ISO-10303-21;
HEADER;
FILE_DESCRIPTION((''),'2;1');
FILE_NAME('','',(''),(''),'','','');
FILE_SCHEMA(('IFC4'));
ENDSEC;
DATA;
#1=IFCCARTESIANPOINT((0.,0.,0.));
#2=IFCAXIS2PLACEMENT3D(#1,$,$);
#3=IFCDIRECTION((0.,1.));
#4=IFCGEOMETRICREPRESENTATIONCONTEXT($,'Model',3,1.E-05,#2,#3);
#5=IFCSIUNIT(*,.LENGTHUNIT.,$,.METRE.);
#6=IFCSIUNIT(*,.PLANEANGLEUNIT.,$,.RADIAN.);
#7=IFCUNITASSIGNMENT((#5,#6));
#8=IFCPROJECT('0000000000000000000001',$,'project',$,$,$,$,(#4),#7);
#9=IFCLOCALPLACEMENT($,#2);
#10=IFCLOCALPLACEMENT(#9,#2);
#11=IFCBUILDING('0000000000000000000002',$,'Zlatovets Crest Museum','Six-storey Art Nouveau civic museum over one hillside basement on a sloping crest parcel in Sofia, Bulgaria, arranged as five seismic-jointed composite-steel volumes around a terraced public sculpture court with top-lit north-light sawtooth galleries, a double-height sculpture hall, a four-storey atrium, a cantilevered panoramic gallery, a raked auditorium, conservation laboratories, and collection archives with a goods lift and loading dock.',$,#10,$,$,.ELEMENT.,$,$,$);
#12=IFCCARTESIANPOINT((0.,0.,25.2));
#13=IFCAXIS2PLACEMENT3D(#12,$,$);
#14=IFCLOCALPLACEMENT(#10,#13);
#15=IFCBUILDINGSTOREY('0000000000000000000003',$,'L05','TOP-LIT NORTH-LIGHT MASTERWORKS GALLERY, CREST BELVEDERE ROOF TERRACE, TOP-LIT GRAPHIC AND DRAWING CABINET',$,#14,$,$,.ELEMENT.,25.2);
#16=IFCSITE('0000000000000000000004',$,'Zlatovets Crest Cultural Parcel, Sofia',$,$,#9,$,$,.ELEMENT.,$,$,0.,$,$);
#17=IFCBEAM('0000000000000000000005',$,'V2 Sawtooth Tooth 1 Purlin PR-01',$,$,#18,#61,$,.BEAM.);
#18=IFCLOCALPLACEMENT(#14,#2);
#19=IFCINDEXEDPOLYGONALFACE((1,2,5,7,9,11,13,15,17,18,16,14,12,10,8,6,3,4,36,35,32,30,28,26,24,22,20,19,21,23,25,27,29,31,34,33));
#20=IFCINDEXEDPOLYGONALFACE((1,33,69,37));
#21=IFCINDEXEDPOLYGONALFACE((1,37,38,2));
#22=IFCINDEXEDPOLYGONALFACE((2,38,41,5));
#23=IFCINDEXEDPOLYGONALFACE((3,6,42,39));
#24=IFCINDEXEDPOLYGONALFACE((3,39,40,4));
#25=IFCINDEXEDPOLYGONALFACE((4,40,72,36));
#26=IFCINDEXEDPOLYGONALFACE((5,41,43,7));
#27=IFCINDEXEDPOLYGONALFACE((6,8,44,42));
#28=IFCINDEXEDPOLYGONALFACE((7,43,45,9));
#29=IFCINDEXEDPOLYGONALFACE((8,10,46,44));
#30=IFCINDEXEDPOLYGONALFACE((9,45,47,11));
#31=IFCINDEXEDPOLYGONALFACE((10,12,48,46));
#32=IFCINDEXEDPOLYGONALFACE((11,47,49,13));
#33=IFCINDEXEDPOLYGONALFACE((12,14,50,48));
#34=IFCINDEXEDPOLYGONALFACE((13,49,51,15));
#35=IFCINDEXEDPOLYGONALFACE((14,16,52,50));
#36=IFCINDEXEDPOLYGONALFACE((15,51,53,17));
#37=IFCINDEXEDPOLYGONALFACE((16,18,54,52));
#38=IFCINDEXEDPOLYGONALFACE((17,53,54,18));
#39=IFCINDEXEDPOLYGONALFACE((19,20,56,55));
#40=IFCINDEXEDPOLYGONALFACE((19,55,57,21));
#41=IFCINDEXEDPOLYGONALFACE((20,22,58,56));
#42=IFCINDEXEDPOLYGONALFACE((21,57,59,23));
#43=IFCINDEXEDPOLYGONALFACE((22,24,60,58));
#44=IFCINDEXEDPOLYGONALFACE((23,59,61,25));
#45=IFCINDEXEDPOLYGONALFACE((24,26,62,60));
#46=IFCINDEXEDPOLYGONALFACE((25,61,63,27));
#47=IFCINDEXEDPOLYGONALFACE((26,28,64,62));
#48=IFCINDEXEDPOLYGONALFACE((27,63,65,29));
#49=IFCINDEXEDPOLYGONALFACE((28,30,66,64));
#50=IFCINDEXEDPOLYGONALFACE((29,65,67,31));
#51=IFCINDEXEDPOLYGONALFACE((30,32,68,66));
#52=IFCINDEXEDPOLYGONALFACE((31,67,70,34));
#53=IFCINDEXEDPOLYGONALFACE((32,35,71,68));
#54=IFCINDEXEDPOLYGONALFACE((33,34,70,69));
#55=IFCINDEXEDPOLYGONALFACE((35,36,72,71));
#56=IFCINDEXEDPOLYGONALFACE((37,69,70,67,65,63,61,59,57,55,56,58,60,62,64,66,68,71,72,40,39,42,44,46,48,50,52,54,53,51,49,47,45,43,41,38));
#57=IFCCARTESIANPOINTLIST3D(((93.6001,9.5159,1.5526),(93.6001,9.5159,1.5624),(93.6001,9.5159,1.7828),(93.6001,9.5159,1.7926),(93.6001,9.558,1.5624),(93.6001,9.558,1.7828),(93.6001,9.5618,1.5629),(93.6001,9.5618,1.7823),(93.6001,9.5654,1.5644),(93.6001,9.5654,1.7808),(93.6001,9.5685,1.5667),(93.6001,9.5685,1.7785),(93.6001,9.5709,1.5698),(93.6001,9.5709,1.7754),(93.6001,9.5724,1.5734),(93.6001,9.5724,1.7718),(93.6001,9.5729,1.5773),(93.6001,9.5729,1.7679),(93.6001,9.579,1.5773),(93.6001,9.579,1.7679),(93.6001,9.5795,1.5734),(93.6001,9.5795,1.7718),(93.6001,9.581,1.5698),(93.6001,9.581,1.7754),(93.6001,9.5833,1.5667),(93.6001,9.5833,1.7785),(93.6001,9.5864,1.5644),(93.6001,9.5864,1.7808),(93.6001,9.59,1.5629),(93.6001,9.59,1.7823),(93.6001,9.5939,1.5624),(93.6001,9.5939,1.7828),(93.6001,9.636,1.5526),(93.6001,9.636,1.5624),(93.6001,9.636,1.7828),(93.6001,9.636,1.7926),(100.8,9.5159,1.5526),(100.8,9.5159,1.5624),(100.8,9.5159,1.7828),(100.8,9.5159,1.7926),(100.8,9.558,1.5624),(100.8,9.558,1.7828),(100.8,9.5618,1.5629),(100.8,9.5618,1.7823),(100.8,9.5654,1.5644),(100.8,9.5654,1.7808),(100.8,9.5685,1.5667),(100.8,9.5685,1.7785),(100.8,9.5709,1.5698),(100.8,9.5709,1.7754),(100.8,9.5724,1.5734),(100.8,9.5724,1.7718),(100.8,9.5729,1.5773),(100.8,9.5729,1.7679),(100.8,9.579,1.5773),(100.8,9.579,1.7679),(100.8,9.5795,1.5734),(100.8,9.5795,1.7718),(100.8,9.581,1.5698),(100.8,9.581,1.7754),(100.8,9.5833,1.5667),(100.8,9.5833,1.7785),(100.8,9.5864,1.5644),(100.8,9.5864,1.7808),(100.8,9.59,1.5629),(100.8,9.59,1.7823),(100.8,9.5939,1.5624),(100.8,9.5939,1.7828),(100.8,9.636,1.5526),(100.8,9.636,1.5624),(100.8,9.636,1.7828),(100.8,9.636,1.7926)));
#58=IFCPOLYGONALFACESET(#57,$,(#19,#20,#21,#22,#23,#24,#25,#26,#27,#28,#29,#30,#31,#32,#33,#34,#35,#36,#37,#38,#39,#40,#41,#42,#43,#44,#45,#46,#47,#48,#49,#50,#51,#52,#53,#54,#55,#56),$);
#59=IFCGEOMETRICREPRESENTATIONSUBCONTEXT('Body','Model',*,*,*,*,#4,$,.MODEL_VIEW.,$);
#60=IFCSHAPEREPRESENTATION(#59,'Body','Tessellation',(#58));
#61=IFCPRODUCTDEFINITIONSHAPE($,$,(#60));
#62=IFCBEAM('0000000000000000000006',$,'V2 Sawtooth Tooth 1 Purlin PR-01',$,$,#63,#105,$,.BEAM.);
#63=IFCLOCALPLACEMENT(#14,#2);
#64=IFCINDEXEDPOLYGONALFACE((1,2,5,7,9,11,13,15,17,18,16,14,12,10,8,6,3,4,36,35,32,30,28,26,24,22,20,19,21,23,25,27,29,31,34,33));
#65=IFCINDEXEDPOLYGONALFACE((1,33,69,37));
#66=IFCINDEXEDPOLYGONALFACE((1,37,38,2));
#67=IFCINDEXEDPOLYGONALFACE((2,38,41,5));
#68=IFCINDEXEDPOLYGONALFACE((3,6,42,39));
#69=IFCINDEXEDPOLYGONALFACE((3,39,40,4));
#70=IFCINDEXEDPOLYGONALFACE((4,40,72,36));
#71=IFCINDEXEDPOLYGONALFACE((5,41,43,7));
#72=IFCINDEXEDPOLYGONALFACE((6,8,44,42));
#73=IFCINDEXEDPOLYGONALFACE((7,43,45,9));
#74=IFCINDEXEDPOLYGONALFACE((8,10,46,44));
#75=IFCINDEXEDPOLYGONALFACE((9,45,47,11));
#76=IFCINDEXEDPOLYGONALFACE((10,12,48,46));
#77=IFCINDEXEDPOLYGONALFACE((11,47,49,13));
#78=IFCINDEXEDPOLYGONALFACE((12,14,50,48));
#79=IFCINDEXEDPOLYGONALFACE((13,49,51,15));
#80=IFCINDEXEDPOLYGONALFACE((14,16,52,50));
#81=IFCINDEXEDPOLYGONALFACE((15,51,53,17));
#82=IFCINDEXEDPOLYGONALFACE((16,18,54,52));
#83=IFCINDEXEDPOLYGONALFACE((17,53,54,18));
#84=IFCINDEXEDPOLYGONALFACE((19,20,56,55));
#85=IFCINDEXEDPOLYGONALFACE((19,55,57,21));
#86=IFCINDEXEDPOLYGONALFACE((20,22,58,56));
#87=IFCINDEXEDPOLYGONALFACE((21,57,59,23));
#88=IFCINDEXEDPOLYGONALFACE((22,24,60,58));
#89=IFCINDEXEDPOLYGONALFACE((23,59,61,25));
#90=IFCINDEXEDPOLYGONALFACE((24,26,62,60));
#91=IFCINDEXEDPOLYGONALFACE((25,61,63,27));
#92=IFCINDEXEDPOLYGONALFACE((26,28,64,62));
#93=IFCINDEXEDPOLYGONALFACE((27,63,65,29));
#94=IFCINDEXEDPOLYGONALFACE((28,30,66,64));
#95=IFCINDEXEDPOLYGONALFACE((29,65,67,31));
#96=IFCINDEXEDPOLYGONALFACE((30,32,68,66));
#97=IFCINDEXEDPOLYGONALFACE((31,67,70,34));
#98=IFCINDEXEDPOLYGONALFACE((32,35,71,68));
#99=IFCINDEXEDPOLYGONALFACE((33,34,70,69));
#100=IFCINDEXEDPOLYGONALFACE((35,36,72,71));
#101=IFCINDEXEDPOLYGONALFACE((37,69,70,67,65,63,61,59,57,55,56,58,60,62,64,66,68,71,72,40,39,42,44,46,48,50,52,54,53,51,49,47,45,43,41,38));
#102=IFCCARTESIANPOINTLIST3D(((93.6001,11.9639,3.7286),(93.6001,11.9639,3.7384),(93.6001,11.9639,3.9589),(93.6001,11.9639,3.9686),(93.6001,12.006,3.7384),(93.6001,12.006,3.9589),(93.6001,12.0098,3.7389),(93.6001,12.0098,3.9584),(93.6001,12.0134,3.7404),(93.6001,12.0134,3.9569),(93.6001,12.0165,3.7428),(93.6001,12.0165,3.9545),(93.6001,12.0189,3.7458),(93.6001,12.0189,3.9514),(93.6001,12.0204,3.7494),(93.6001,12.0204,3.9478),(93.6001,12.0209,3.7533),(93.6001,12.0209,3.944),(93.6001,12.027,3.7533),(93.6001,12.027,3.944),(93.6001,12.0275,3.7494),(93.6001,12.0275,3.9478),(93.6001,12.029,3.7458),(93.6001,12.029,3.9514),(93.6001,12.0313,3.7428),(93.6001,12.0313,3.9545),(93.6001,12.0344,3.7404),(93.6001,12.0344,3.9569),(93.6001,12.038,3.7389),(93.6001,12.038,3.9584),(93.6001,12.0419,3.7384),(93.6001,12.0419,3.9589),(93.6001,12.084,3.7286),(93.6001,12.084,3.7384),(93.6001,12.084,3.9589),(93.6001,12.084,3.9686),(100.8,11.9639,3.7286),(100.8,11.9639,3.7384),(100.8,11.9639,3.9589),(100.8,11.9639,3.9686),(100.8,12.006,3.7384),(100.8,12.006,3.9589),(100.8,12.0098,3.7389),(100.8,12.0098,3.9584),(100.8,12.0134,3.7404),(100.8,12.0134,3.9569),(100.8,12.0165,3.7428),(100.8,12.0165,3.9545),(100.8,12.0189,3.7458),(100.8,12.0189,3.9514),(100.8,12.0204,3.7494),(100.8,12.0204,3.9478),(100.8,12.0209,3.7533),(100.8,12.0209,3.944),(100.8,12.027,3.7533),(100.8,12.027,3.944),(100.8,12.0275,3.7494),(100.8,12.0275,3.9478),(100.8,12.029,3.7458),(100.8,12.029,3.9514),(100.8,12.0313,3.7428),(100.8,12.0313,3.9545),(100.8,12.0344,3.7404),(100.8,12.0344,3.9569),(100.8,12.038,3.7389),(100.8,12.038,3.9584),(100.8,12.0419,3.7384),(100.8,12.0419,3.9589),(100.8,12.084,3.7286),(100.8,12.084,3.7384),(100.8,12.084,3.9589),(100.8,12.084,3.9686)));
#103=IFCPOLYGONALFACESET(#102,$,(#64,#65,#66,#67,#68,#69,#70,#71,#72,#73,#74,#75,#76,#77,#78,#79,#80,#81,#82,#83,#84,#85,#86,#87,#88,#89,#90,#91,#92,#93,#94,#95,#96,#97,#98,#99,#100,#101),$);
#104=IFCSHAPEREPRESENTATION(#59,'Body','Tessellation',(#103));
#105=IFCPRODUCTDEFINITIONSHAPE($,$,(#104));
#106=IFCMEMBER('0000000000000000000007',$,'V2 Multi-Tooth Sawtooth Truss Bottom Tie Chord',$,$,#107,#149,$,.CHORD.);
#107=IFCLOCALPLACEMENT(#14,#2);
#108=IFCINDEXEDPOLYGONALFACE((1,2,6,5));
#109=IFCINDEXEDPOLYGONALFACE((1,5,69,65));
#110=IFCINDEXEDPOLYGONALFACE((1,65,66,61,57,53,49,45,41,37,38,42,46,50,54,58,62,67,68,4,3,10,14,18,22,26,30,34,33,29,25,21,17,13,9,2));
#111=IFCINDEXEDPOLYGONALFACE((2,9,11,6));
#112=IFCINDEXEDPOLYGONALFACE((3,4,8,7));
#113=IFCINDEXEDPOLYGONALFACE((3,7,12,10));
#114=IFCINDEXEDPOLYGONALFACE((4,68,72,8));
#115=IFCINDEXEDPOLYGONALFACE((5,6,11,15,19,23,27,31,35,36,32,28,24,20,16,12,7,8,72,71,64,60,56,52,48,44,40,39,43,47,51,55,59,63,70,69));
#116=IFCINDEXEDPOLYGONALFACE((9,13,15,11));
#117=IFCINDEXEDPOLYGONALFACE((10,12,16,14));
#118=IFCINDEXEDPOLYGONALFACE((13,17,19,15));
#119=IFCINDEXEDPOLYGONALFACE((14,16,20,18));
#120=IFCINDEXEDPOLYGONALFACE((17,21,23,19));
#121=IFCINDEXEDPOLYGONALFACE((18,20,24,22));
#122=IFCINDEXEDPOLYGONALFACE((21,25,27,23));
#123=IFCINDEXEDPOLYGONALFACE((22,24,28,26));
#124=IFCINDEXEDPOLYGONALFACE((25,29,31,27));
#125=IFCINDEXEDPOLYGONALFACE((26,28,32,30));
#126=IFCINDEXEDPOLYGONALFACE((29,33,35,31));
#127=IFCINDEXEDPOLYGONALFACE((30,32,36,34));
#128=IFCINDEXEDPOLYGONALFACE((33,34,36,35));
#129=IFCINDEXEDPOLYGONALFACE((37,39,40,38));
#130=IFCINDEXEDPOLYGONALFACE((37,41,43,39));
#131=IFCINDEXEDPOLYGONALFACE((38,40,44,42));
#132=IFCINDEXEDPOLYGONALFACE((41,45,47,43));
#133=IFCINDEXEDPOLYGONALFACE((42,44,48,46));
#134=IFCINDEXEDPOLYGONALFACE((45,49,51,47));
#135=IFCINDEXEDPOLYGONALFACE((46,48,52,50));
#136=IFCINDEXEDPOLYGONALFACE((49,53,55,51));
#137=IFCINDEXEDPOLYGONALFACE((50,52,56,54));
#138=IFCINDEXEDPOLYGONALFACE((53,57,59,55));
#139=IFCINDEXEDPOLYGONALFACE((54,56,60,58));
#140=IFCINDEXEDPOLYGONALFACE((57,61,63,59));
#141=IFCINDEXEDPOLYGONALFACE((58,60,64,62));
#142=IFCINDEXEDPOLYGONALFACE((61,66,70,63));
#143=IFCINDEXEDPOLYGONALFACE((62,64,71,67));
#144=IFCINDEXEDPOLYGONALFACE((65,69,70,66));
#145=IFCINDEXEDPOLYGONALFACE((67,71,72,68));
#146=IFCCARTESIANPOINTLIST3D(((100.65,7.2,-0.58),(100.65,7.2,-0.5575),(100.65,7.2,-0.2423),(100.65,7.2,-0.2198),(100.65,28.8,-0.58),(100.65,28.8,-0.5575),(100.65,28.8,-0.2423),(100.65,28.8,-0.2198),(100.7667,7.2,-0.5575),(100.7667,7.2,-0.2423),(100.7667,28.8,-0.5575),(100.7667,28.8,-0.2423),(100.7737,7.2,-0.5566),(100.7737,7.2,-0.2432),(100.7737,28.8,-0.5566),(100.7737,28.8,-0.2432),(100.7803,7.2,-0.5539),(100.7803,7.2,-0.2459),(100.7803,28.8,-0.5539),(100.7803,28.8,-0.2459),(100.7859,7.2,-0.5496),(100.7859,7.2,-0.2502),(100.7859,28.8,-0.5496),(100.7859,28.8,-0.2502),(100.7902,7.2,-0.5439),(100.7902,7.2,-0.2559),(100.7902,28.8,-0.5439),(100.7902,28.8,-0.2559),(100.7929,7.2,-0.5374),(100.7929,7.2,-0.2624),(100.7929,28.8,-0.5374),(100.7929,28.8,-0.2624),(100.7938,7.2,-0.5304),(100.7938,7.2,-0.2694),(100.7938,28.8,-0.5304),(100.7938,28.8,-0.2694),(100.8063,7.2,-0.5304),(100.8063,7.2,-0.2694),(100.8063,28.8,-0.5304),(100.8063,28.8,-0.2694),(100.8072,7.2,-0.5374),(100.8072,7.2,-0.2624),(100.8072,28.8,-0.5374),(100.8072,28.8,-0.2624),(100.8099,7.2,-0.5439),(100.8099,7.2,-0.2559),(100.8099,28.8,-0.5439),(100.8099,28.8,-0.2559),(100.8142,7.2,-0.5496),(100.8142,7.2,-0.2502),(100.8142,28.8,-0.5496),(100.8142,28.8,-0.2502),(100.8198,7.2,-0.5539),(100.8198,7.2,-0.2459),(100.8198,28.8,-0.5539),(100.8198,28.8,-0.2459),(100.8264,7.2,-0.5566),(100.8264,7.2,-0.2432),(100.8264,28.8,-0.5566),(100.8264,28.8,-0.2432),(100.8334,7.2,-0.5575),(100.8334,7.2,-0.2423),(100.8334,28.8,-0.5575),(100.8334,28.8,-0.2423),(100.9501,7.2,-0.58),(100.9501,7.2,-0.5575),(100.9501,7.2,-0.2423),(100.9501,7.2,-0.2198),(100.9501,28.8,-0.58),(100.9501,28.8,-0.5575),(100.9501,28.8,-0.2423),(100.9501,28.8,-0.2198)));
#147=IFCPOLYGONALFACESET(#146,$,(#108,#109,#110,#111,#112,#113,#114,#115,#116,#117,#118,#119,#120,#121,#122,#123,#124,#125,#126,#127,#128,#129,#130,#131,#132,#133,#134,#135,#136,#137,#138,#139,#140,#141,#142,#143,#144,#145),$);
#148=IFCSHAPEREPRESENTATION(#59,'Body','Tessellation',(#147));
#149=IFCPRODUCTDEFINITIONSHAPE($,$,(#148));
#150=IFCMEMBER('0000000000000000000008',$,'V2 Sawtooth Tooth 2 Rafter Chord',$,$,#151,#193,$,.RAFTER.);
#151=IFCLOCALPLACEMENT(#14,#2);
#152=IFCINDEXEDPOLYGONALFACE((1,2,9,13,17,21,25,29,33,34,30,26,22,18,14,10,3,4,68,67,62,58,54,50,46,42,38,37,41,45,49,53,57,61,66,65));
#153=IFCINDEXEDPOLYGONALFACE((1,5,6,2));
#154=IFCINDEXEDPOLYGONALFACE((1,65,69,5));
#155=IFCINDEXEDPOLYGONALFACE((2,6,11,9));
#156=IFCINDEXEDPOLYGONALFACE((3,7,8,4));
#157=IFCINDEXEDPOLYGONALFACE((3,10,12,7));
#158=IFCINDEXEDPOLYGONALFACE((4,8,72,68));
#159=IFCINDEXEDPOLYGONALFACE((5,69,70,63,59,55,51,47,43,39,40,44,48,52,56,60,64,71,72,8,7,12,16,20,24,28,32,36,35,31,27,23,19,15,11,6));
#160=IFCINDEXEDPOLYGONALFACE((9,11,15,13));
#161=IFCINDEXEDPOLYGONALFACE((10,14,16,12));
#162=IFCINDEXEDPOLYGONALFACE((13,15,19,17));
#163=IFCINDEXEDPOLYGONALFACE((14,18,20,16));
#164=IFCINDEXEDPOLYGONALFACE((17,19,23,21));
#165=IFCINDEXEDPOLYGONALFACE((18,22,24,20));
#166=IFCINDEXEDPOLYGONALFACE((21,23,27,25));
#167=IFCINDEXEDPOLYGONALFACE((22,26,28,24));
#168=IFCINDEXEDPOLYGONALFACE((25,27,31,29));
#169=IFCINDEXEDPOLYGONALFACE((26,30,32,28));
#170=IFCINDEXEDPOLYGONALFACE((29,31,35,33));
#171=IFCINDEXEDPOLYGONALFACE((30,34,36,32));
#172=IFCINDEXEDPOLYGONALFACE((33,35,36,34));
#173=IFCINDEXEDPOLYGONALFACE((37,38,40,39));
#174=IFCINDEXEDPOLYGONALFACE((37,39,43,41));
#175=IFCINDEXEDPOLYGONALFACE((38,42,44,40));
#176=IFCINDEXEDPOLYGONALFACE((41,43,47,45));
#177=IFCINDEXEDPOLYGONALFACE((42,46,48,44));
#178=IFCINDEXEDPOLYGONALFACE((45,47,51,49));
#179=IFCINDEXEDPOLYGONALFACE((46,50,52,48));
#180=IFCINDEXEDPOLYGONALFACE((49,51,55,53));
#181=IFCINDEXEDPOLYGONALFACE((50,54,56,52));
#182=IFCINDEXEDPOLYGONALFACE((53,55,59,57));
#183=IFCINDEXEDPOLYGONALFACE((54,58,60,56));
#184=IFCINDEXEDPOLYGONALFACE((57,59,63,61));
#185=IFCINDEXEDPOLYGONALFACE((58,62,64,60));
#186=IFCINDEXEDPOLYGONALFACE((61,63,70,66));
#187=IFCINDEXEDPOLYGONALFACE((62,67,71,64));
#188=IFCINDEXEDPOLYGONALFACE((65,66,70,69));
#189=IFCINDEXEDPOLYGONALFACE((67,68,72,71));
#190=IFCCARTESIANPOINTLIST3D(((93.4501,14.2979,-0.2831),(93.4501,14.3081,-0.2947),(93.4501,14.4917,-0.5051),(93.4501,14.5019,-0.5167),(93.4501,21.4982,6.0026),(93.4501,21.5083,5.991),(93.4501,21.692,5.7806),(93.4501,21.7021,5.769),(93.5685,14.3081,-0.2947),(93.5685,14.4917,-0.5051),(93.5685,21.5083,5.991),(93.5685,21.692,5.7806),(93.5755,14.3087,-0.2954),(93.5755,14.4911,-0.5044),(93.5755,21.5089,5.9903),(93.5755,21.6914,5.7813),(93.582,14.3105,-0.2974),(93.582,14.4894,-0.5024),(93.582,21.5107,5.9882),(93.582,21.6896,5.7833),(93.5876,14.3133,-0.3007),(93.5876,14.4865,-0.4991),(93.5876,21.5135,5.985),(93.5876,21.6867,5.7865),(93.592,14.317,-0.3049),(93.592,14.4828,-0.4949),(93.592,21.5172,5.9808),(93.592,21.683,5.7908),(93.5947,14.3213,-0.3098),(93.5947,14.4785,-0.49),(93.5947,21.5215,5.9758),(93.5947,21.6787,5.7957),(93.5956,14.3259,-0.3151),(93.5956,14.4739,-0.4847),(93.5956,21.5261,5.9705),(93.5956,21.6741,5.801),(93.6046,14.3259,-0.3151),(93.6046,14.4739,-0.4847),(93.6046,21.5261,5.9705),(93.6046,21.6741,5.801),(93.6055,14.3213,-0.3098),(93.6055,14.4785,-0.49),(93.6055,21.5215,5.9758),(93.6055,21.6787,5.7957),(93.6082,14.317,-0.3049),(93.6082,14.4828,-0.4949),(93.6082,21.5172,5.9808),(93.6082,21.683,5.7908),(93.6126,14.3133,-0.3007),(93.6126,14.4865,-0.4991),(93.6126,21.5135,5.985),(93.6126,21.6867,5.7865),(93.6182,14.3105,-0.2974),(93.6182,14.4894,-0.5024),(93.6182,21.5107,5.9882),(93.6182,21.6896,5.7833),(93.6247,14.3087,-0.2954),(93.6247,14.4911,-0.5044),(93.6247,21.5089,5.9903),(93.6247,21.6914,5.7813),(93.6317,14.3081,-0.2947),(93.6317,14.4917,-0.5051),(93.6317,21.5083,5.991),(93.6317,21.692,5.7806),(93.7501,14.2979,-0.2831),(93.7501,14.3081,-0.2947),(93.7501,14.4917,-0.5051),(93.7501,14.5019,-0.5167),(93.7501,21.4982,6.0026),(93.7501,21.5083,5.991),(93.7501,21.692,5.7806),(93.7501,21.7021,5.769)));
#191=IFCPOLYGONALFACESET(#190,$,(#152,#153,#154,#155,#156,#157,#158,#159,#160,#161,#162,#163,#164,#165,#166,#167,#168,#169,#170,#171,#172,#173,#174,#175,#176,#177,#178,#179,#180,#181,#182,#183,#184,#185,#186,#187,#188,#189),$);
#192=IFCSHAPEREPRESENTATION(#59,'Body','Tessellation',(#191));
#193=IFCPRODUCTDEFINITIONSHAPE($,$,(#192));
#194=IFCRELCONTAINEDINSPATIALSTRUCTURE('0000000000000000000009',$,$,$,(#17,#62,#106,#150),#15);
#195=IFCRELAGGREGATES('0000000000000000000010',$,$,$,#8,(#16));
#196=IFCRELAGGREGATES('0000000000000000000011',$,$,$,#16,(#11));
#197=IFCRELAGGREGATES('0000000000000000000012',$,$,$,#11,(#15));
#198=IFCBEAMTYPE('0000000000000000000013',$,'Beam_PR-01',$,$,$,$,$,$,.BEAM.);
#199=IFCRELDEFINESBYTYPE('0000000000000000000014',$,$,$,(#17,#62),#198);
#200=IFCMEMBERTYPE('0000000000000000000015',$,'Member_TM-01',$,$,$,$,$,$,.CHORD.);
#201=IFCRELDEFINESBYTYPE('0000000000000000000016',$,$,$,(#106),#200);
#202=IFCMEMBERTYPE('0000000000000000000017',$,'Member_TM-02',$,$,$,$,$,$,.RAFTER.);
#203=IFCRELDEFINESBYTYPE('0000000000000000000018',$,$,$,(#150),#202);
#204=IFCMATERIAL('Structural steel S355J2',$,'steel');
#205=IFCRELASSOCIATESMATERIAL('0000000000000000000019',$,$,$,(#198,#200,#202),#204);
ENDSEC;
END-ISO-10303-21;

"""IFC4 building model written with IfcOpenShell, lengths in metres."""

from ifc_helpers import new_model, si_unit, direction, frame, origin, origin_2d, place, context, subcontext, project, spatial, i_section, extrude, material, material_profile, profile_set, type_object, element, save


model = new_model("IFC4")

# Units and contexts
model_context = context("Model", 3, precision=1e-05, world=origin(), true_north=direction((0.0, 1.0)))
body_context = subcontext(model_context, "Body", "Model", "MODEL_VIEW")
ifc_project = project(units=[si_unit("LENGTHUNIT", "METRE"), si_unit("PLANEANGLEUNIT", "RADIAN")], contexts=[model_context])

# Site, building, storey
site_placement = place(None, origin())
site = spatial("IfcSite", under=ifc_project, at=site_placement, Name="Zlatovets Crest Cultural Parcel, Sofia", CompositionType="ELEMENT", RefElevation=0.0)
building_placement = place(site_placement, origin())
building = spatial("IfcBuilding", under=site, at=building_placement, Name="Zlatovets Crest Museum", Description="Six-storey Art Nouveau civic museum over one hillside basement on a sloping crest parcel in Sofia, Bulgaria, arranged as five seismic-jointed composite-steel volumes around a terraced public sculpture court with top-lit north-light sawtooth galleries, a double-height sculpture hall, a four-storey atrium, a cantilevered panoramic gallery, a raked auditorium, conservation laboratories, and collection archives with a goods lift and loading dock.", CompositionType="ELEMENT")
storey_placement = place(building_placement, frame((0.0, 0.0, 25.2)))
storey = spatial("IfcBuildingStorey", under=building, at=storey_placement, Name="L05", Description="TOP-LIT NORTH-LIGHT MASTERWORKS GALLERY, CREST BELVEDERE ROOF TERRACE, TOP-LIT GRAPHIC AND DRAWING CABINET", CompositionType="ELEMENT", Elevation=25.2)

# Beams
ifc_material_1 = material(Name="Structural steel S355J2", Category="steel")
ifc_material_profile_1 = material_profile(ifc_material_1, i_section(OverallWidth=0.1201, OverallDepth=0.24, WebThickness=0.0061, FlangeThickness=0.0098, FilletRadius=0.0149, at=origin_2d()), Name="IPE 240")
ifc_profile_set_1 = profile_set([ifc_material_profile_1], Name="Structural steel S355J2")
beam_type_1 = type_object("IfcBeamType", Name="Beam_PR-01", PredefinedType="BEAM", material=ifc_profile_set_1)
for number, where, z_axis, x_axis, name in (
    (1, (93.6001, 9.5759, 1.6726), (1.0, 0.0, 0.0), (0.0, 1.0, 0.0), "V2 Sawtooth Tooth 1 Purlin PR-01"),
    (2, (93.6001, 12.0239, 3.8486), (1.0, 0.0, 0.0), (0.0, 1.0, 0.0), "V2 Sawtooth Tooth 1 Purlin PR-01"),
):
    element("IfcBeam", number, at=place(storey_placement, frame(where, z_axis=z_axis, x_axis=x_axis)), inside=storey, type_object=beam_type_1, Name=name, PredefinedType="BEAM", context=body_context, shape_type="SweptSolid", body=[
        extrude(i_section(OverallWidth=0.1201, OverallDepth=0.24, WebThickness=0.0061, FlangeThickness=0.0098, FilletRadius=0.0149, at=origin_2d()), origin(), (0.0, 0.0, 1.0), 7.2),
    ])

# Members
ifc_material_profile_2 = material_profile(ifc_material_1, i_section(OverallWidth=0.3, OverallDepth=0.3601, WebThickness=0.0125, FlangeThickness=0.0225, FilletRadius=0.0271, at=origin_2d()), Name="HEB 360")
ifc_profile_set_2 = profile_set([ifc_material_profile_2], Name="Structural steel S355J2")
member_type_1 = type_object("IfcMemberType", Name="Member_TM-01", PredefinedType="CHORD", material=ifc_profile_set_2)
member_1_placement = place(storey_placement, frame((100.8, 7.2, -0.3999), z_axis=(0.0, 1.0, 0.0), x_axis=(-1.0, 0.0, 0.0)))
element("IfcMember", 3, at=member_1_placement, inside=storey, type_object=member_type_1, Name="V2 Multi-Tooth Sawtooth Truss Bottom Tie Chord", PredefinedType="CHORD", context=body_context, shape_type="SweptSolid", body=[
    extrude(i_section(OverallWidth=0.3, OverallDepth=0.3601, WebThickness=0.0125, FlangeThickness=0.0225, FilletRadius=0.0271, at=origin_2d()), origin(), (0.0, 0.0, 1.0), 21.6001),
])
ifc_material_profile_3 = material_profile(ifc_material_1, i_section(OverallWidth=0.3, OverallDepth=0.3101, WebThickness=0.009, FlangeThickness=0.0154, FilletRadius=0.0271, at=origin_2d()), Name="HEA 320")
ifc_profile_set_3 = profile_set([ifc_material_profile_3], Name="Structural steel S355J2")
member_type_2 = type_object("IfcMemberType", Name="Member_TM-02", PredefinedType="RAFTER", material=ifc_profile_set_3)
member_2_placement = place(storey_placement, frame((93.6001, 14.3999, -0.3999), z_axis=(0.0, 0.753329, 0.657643), x_axis=(-1.0, 0.0, 0.0)))
element("IfcMember", 4, at=member_2_placement, inside=storey, type_object=member_type_2, Name="V2 Sawtooth Tooth 2 Rafter Chord", PredefinedType="RAFTER", context=body_context, shape_type="SweptSolid", body=[
    extrude(i_section(OverallWidth=0.3, OverallDepth=0.3101, WebThickness=0.009, FlangeThickness=0.0154, FilletRadius=0.0271, at=origin_2d()), origin(), (0.0, 0.0, 1.0), 9.5579),
])

save(model, "model.ifc")
